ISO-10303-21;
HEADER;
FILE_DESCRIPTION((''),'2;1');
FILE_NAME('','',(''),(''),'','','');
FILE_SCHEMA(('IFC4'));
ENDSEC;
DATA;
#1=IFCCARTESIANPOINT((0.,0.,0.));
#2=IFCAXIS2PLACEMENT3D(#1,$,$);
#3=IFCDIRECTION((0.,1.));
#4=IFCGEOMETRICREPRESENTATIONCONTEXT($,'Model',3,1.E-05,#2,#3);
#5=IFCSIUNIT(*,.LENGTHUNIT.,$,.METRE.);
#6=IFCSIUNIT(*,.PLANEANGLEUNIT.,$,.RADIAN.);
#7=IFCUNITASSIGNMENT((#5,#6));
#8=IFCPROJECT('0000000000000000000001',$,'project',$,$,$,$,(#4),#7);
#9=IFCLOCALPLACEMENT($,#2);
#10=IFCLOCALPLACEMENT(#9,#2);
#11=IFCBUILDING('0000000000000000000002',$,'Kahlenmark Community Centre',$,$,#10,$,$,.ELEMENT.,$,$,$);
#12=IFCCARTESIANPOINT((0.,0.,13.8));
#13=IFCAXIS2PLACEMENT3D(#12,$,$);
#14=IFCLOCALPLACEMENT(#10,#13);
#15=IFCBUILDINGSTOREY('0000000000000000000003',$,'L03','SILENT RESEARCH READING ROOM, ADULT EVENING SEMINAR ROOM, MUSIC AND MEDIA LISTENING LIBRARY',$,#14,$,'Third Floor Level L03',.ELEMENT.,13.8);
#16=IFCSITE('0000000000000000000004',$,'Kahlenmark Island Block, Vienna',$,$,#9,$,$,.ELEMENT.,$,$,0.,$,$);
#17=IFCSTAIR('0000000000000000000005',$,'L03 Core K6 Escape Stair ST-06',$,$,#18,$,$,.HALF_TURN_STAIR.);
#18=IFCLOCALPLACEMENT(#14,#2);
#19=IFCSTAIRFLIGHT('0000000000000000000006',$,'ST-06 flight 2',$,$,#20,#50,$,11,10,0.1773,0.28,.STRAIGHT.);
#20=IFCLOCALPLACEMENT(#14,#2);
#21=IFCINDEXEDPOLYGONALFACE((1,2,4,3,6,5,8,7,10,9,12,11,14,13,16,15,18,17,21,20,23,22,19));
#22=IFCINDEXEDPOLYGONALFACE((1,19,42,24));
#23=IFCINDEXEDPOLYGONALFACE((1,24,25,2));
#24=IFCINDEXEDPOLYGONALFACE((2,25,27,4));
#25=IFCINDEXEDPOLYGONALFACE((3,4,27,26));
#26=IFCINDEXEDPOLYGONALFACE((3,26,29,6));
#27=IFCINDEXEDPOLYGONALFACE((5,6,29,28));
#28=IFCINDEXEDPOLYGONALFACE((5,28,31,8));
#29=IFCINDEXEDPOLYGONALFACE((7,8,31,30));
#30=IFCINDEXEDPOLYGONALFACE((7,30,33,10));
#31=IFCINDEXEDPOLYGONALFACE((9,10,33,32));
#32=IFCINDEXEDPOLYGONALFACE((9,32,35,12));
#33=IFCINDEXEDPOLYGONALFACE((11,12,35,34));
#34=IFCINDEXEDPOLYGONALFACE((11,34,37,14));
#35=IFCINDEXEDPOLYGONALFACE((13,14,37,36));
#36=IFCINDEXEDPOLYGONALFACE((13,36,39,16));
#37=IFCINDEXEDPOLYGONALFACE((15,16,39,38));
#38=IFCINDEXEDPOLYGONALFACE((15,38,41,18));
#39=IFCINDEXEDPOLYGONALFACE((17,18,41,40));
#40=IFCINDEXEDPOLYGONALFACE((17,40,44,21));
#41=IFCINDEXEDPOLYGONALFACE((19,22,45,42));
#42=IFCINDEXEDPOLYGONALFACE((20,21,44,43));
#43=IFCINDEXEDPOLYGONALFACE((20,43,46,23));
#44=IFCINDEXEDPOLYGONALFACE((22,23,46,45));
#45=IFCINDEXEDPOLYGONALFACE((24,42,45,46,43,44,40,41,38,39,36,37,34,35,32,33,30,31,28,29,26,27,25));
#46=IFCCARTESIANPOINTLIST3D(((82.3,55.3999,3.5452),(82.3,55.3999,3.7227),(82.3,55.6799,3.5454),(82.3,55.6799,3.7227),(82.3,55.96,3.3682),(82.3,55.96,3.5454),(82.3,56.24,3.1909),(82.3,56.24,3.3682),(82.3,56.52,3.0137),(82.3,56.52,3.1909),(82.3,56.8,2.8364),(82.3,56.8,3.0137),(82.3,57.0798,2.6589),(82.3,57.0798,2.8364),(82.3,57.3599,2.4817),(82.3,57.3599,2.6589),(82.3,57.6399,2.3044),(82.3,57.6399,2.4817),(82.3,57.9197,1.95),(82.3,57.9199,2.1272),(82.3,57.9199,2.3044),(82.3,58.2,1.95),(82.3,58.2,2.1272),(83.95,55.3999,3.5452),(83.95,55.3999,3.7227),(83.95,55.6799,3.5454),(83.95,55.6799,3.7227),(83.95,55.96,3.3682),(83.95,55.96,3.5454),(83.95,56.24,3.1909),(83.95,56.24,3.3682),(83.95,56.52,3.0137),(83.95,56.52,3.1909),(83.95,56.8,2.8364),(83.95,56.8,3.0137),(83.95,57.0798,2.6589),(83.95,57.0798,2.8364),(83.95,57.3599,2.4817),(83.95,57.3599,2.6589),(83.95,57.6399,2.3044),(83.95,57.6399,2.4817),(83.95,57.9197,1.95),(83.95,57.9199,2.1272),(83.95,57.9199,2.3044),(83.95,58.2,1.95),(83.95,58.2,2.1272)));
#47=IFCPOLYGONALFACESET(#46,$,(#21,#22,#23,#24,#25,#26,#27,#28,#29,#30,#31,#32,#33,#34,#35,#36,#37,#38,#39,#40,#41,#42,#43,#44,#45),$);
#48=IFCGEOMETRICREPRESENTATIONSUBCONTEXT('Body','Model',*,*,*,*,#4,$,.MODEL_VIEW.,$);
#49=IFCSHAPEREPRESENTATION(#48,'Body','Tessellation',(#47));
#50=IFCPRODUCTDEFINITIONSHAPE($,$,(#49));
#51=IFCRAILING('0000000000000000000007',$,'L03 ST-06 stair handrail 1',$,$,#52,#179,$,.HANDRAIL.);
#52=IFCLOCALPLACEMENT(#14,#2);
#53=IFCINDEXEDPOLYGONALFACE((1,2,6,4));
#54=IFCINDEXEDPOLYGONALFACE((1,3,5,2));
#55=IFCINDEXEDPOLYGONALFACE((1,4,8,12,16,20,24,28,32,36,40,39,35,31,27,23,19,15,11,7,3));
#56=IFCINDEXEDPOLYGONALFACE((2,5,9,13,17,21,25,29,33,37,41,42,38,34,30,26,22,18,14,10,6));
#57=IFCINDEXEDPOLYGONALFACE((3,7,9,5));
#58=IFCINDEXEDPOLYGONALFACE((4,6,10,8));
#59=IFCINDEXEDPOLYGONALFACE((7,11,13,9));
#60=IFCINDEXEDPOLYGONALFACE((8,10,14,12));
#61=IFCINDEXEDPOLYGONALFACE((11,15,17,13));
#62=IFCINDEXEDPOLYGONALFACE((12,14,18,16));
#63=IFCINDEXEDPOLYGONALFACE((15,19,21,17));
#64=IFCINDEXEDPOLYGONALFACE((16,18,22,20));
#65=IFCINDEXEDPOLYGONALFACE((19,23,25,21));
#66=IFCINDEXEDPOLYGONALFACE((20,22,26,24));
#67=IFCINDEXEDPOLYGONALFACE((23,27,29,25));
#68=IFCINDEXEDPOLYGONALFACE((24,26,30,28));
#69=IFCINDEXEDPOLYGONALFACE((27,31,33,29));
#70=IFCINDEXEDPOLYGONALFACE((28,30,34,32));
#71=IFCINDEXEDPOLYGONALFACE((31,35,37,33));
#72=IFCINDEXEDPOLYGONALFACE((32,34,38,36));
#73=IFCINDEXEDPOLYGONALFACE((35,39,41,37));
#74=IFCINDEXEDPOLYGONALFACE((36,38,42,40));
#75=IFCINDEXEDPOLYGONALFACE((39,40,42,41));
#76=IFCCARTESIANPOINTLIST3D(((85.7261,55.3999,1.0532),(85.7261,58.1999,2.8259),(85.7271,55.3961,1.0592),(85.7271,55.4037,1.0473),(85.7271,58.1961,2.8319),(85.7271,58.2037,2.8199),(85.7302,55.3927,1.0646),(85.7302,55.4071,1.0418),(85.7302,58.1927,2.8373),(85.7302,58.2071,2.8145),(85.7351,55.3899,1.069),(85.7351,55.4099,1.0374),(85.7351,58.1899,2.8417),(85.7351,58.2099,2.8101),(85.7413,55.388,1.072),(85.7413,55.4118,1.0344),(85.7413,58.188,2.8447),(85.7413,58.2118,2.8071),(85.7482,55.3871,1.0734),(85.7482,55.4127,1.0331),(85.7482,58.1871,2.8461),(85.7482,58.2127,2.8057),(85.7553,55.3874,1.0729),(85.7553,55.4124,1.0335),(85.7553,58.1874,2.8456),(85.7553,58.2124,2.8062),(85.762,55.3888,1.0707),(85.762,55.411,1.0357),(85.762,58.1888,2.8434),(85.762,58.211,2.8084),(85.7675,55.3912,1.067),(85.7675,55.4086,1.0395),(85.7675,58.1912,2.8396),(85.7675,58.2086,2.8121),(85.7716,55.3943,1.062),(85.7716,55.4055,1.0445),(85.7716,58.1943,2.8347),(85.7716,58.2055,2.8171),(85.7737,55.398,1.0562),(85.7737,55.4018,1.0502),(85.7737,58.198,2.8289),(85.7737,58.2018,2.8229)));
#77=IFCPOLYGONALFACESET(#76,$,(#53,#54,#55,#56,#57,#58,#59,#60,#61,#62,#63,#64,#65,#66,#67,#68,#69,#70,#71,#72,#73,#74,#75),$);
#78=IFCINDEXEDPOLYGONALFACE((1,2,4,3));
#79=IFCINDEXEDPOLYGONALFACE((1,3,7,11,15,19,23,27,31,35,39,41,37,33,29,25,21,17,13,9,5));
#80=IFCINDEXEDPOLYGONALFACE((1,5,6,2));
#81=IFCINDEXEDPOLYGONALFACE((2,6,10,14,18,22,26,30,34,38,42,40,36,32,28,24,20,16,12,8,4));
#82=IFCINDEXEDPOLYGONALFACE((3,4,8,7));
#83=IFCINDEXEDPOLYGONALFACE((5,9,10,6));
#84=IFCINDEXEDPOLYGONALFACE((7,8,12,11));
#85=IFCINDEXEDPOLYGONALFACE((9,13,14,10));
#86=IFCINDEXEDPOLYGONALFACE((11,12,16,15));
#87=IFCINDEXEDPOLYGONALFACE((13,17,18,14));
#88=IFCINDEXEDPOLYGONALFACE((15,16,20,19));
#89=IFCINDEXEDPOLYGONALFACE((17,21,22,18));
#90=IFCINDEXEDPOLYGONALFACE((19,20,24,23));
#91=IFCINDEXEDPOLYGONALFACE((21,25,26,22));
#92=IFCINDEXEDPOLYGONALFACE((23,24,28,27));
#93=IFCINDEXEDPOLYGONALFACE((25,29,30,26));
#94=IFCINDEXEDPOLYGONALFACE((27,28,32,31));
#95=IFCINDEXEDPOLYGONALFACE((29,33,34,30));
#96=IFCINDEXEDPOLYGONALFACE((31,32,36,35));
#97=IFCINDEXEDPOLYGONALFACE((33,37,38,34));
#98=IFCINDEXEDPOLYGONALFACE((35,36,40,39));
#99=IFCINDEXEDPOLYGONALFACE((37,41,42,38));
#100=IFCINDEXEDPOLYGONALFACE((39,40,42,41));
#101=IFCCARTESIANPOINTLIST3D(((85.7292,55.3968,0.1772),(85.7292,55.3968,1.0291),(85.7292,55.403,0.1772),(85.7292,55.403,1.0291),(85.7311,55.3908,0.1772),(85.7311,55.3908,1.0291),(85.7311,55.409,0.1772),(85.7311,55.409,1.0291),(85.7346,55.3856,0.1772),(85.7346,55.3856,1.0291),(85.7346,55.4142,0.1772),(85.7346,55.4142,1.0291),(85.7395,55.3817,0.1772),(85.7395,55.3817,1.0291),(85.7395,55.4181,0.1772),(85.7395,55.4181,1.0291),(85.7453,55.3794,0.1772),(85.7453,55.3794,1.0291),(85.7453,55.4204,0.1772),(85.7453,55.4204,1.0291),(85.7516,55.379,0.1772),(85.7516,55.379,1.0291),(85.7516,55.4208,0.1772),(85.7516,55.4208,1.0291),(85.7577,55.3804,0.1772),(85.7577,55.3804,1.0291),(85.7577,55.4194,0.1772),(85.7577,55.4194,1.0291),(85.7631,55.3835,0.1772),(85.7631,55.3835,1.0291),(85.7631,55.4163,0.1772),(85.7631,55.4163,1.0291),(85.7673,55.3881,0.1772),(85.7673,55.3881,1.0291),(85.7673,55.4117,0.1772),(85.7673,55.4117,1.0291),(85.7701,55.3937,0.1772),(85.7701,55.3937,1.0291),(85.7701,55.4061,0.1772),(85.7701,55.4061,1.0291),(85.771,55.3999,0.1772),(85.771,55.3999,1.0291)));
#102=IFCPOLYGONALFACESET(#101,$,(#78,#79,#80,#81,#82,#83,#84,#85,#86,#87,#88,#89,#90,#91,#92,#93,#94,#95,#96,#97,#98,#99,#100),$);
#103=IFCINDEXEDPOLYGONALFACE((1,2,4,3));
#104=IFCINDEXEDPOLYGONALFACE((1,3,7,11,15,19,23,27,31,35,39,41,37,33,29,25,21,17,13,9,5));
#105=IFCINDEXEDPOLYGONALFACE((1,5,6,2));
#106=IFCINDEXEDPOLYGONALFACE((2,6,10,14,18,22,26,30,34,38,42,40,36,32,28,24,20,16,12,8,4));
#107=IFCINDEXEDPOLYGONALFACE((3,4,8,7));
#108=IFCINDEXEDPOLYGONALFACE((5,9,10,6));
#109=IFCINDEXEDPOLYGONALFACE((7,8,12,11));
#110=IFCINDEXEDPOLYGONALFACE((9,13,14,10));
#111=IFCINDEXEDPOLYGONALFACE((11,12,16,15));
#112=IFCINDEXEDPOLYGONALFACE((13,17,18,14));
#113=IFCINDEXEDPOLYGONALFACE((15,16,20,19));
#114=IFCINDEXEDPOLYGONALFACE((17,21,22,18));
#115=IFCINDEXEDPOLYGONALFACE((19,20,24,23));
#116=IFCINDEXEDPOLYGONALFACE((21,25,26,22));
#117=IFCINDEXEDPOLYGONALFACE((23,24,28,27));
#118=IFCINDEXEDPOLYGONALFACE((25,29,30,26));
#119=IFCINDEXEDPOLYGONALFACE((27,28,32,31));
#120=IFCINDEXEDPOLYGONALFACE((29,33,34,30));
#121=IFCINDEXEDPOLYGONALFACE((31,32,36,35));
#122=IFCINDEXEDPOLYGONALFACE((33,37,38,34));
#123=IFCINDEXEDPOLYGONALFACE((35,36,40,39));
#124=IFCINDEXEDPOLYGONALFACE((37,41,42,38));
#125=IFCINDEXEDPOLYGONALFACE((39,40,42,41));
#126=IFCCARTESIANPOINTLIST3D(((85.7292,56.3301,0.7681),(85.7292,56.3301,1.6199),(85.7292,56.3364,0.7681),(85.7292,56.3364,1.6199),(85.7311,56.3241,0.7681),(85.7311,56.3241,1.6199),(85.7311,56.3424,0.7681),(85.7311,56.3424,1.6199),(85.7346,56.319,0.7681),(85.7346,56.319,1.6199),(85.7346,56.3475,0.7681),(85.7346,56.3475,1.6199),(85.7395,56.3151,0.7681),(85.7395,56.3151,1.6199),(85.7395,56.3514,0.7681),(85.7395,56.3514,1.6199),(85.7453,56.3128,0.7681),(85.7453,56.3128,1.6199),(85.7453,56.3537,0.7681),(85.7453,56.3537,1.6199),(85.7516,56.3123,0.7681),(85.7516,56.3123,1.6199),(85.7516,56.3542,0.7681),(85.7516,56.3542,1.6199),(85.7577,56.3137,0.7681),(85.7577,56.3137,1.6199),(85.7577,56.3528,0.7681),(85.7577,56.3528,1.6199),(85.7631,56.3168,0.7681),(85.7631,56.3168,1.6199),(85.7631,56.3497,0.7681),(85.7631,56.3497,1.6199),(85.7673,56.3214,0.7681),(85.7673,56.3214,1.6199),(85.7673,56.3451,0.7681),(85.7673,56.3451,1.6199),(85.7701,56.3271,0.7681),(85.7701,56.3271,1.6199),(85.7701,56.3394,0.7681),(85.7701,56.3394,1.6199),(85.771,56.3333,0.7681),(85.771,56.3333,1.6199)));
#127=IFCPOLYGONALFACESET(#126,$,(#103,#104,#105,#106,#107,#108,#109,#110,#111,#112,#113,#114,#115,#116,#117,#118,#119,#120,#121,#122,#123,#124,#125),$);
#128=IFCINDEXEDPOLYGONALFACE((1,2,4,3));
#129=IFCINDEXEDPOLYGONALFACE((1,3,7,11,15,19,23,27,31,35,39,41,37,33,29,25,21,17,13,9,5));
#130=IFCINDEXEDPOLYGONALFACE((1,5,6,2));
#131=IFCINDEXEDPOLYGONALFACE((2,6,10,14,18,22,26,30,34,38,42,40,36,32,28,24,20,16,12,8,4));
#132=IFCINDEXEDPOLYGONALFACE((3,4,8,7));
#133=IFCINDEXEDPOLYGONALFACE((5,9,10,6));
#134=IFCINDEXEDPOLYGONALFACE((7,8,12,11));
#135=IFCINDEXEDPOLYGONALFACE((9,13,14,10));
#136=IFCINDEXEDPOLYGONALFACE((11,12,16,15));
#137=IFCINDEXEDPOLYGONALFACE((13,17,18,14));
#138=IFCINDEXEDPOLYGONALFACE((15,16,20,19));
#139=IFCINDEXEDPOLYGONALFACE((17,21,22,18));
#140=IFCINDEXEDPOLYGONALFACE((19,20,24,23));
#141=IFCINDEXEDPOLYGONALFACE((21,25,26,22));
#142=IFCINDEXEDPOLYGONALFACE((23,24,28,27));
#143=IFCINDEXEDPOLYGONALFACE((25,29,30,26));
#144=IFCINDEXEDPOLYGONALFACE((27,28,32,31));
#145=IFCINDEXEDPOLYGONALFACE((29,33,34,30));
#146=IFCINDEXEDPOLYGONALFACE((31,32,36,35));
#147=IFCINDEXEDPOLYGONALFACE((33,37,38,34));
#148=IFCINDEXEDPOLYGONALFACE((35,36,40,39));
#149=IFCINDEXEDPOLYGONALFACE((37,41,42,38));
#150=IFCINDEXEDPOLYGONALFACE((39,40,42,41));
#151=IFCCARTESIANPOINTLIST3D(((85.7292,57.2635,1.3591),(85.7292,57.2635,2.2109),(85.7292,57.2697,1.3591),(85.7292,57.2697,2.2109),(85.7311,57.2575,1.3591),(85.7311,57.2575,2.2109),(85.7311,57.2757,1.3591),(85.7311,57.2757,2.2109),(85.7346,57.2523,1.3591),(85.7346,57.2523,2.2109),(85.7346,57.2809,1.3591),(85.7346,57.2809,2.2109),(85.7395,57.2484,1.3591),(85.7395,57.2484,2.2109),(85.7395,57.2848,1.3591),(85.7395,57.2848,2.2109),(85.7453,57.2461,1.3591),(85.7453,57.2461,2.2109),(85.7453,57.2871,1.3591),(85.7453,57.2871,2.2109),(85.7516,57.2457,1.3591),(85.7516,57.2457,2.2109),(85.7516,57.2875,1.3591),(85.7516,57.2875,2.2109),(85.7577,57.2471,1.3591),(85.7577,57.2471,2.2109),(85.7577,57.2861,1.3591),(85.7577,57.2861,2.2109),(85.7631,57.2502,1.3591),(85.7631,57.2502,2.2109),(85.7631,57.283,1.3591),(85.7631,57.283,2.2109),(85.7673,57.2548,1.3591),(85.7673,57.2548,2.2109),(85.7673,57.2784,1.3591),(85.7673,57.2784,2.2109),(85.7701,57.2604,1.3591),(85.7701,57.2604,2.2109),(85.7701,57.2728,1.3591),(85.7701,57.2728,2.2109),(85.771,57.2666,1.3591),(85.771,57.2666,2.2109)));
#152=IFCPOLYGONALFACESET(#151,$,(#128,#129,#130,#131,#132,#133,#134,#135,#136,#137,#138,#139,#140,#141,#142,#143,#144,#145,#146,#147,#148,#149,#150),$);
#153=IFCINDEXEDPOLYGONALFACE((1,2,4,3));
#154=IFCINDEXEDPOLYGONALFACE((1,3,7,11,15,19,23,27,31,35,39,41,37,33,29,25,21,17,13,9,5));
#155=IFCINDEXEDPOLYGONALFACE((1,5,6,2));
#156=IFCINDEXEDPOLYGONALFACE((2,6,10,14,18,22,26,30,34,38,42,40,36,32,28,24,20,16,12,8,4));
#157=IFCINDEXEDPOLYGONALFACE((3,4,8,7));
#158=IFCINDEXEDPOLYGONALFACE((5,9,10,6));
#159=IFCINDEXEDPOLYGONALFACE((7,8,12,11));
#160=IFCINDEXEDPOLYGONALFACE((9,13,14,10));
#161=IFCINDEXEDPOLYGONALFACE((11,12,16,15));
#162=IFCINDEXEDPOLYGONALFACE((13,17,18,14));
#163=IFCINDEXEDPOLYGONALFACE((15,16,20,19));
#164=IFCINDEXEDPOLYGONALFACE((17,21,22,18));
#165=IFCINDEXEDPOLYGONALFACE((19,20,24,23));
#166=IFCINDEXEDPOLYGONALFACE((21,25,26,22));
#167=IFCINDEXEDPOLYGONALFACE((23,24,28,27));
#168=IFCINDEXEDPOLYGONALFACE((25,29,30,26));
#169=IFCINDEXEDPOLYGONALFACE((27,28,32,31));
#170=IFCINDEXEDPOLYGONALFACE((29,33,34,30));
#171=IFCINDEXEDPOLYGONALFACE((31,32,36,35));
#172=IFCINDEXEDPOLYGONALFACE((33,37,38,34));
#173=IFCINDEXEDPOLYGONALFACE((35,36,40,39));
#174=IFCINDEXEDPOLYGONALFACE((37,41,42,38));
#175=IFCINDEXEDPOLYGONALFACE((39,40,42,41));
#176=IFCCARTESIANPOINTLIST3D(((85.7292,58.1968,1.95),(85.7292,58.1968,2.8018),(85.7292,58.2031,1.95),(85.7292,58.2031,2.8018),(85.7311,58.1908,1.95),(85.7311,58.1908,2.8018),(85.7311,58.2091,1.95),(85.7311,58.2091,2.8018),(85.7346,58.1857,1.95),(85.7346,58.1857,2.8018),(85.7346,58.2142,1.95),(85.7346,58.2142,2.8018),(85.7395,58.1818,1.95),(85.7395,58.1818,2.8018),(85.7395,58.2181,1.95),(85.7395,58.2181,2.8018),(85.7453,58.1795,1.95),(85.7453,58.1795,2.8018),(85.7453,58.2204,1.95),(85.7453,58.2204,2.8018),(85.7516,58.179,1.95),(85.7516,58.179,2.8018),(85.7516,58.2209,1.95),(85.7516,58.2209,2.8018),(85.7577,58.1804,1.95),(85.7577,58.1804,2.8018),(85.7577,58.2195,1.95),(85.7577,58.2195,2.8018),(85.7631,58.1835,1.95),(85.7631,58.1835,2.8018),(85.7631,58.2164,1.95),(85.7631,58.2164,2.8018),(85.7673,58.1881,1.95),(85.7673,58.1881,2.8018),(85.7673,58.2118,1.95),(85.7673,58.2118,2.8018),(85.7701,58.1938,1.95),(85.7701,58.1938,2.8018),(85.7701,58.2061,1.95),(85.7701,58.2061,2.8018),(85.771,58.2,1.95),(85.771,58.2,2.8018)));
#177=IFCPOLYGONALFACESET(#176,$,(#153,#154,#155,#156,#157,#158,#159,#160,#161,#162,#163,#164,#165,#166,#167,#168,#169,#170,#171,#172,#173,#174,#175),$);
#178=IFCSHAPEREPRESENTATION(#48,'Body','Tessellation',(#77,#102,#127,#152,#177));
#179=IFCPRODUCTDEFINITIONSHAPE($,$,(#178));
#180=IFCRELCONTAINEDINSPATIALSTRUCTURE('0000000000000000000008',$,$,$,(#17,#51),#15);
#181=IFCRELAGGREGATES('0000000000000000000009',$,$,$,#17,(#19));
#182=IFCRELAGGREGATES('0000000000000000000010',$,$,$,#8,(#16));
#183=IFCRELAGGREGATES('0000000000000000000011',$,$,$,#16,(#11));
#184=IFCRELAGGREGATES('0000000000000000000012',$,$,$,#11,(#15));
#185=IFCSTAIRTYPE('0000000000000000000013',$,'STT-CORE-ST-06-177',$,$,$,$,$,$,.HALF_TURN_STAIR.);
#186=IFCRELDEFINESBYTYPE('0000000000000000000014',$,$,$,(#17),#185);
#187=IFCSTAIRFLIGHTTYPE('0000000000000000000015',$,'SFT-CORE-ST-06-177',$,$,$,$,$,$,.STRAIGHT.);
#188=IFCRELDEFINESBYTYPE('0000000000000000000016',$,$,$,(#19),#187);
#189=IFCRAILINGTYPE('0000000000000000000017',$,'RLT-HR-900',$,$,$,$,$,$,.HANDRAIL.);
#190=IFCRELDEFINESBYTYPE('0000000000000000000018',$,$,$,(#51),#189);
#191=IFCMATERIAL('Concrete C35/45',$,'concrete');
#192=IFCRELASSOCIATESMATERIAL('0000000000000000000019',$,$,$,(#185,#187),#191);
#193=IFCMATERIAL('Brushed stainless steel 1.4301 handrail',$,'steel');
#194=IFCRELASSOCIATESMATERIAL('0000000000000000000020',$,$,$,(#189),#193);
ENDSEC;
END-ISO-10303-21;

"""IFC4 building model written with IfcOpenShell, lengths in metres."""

from ifc_helpers import new_model, si_unit, direction, frame, origin, origin_2d, place, context, subcontext, project, spatial, polyline, circle, outline, extrude, material, type_object, element, aggregate, save


model = new_model("IFC4")

# Units and contexts
model_context = context("Model", 3, precision=1e-05, world=origin(), true_north=direction((0.0, 1.0)))
body_context = subcontext(model_context, "Body", "Model", "MODEL_VIEW")
ifc_project = project(units=[si_unit("LENGTHUNIT", "METRE"), si_unit("PLANEANGLEUNIT", "RADIAN")], contexts=[model_context])

# Site, building, storey
site_placement = place(None, origin())
site = spatial("IfcSite", under=ifc_project, at=site_placement, Name="Kahlenmark Island Block, Vienna", CompositionType="ELEMENT", RefElevation=0.0)
building_placement = place(site_placement, origin())
building = spatial("IfcBuilding", under=site, at=building_placement, Name="Kahlenmark Community Centre", CompositionType="ELEMENT")
storey_placement = place(building_placement, frame((0.0, 0.0, 13.8)))
storey = spatial("IfcBuildingStorey", under=building, at=storey_placement, Name="L03", Description="SILENT RESEARCH READING ROOM, ADULT EVENING SEMINAR ROOM, MUSIC AND MEDIA LISTENING LIBRARY", LongName="Third Floor Level L03", CompositionType="ELEMENT", Elevation=13.8)

# Shared definitions
ifc_material_1 = material(Name="Concrete C35/45", Category="concrete")

# Stair, stair flight
stair_type = type_object("IfcStairType", Name="STT-CORE-ST-06-177", PredefinedType="HALF_TURN_STAIR", material=ifc_material_1)
stair_placement = place(storey_placement, origin())
stair = element("IfcStair", 1, at=stair_placement, inside=storey, type_object=stair_type, Name="L03 Core K6 Escape Stair ST-06", PredefinedType="HALF_TURN_STAIR")
stair_flight_type = type_object("IfcStairFlightType", Name="SFT-CORE-ST-06-177", PredefinedType="STRAIGHT", material=ifc_material_1)
stair_flight_1_placement = place(storey_placement, frame((83.125, 58.2, 1.95), z_axis=(0.0, 0.0, 1.0), x_axis=(0.0, -1.0, 0.0)))
stair_flight_1 = element("IfcStairFlight", 2, at=stair_flight_1_placement, type_object=stair_flight_type, Name="ST-06 flight 2", NumberOfRisers=11, NumberOfTreads=10, PredefinedType="STRAIGHT", RiserHeight=0.1773, TreadLength=0.28, context=body_context, shape_type="SweptSolid", body=[
    extrude(outline(polyline([(0.0, 0.0), (0.0, 0.1772), (0.28, 0.1772), (0.28, 0.3545), (0.5601, 0.3545), (0.5601, 0.5317), (0.8401, 0.5317), (0.8401, 0.709), (1.1201, 0.709), (1.1201, 0.8865), (1.3999, 0.8865), (1.3999, 1.0637), (1.6799, 1.0637), (1.6799, 1.241), (1.96, 1.241), (1.96, 1.4182), (2.24, 1.4182), (2.24, 1.5955), (2.52, 1.5955), (2.52, 1.7727), (2.8, 1.7727), (2.8, 1.95), (2.8, 1.5952), (0.2803, 0.0), (0.0, 0.0)])), frame((0.0, 0.825, 0.0), z_axis=(0.0, -1.0, 0.0), x_axis=(1.0, 0.0, 0.0)), (0.0, 0.0, 1.0), 1.6499),
])
aggregate(stair, [stair_flight_1])

# Railing
ifc_material_2 = material(Name="Brushed stainless steel 1.4301 handrail", Category="steel")
railing_type_1 = type_object("IfcRailingType", Name="RLT-HR-900", PredefinedType="HANDRAIL", material=ifc_material_2)
railing_1_placement = place(storey_placement, frame((85.75, 55.3999, 0.1772)))
element("IfcRailing", 3, at=railing_1_placement, inside=storey, type_object=railing_type_1, Name="L03 ST-06 stair handrail 1", PredefinedType="HANDRAIL", context=body_context, shape_type="SweptSolid", body=[
    extrude(circle(Radius=0.0239, at=origin_2d()), frame((0.0, 0.0, 0.876), z_axis=(0.0, 0.844909, 0.53491), x_axis=(-1.0, 0.0, 0.0)), (0.0, 0.0, 1.0), 3.314),
    extrude(circle(Radius=0.021, at=origin_2d()), origin(), (0.0, 0.0, 1.0), 0.8518),
    extrude(circle(Radius=0.021, at=origin_2d()), frame((0.0, 0.9333, 0.5908)), (0.0, 0.0, 1.0), 0.8518),
    extrude(circle(Radius=0.021, at=origin_2d()), frame((0.0, 1.8667, 1.1819)), (0.0, 0.0, 1.0), 0.8518),
    extrude(circle(Radius=0.021, at=origin_2d()), frame((0.0, 2.8, 1.7727)), (0.0, 0.0, 1.0), 0.8518),
])

save(model, "model.ifc")
